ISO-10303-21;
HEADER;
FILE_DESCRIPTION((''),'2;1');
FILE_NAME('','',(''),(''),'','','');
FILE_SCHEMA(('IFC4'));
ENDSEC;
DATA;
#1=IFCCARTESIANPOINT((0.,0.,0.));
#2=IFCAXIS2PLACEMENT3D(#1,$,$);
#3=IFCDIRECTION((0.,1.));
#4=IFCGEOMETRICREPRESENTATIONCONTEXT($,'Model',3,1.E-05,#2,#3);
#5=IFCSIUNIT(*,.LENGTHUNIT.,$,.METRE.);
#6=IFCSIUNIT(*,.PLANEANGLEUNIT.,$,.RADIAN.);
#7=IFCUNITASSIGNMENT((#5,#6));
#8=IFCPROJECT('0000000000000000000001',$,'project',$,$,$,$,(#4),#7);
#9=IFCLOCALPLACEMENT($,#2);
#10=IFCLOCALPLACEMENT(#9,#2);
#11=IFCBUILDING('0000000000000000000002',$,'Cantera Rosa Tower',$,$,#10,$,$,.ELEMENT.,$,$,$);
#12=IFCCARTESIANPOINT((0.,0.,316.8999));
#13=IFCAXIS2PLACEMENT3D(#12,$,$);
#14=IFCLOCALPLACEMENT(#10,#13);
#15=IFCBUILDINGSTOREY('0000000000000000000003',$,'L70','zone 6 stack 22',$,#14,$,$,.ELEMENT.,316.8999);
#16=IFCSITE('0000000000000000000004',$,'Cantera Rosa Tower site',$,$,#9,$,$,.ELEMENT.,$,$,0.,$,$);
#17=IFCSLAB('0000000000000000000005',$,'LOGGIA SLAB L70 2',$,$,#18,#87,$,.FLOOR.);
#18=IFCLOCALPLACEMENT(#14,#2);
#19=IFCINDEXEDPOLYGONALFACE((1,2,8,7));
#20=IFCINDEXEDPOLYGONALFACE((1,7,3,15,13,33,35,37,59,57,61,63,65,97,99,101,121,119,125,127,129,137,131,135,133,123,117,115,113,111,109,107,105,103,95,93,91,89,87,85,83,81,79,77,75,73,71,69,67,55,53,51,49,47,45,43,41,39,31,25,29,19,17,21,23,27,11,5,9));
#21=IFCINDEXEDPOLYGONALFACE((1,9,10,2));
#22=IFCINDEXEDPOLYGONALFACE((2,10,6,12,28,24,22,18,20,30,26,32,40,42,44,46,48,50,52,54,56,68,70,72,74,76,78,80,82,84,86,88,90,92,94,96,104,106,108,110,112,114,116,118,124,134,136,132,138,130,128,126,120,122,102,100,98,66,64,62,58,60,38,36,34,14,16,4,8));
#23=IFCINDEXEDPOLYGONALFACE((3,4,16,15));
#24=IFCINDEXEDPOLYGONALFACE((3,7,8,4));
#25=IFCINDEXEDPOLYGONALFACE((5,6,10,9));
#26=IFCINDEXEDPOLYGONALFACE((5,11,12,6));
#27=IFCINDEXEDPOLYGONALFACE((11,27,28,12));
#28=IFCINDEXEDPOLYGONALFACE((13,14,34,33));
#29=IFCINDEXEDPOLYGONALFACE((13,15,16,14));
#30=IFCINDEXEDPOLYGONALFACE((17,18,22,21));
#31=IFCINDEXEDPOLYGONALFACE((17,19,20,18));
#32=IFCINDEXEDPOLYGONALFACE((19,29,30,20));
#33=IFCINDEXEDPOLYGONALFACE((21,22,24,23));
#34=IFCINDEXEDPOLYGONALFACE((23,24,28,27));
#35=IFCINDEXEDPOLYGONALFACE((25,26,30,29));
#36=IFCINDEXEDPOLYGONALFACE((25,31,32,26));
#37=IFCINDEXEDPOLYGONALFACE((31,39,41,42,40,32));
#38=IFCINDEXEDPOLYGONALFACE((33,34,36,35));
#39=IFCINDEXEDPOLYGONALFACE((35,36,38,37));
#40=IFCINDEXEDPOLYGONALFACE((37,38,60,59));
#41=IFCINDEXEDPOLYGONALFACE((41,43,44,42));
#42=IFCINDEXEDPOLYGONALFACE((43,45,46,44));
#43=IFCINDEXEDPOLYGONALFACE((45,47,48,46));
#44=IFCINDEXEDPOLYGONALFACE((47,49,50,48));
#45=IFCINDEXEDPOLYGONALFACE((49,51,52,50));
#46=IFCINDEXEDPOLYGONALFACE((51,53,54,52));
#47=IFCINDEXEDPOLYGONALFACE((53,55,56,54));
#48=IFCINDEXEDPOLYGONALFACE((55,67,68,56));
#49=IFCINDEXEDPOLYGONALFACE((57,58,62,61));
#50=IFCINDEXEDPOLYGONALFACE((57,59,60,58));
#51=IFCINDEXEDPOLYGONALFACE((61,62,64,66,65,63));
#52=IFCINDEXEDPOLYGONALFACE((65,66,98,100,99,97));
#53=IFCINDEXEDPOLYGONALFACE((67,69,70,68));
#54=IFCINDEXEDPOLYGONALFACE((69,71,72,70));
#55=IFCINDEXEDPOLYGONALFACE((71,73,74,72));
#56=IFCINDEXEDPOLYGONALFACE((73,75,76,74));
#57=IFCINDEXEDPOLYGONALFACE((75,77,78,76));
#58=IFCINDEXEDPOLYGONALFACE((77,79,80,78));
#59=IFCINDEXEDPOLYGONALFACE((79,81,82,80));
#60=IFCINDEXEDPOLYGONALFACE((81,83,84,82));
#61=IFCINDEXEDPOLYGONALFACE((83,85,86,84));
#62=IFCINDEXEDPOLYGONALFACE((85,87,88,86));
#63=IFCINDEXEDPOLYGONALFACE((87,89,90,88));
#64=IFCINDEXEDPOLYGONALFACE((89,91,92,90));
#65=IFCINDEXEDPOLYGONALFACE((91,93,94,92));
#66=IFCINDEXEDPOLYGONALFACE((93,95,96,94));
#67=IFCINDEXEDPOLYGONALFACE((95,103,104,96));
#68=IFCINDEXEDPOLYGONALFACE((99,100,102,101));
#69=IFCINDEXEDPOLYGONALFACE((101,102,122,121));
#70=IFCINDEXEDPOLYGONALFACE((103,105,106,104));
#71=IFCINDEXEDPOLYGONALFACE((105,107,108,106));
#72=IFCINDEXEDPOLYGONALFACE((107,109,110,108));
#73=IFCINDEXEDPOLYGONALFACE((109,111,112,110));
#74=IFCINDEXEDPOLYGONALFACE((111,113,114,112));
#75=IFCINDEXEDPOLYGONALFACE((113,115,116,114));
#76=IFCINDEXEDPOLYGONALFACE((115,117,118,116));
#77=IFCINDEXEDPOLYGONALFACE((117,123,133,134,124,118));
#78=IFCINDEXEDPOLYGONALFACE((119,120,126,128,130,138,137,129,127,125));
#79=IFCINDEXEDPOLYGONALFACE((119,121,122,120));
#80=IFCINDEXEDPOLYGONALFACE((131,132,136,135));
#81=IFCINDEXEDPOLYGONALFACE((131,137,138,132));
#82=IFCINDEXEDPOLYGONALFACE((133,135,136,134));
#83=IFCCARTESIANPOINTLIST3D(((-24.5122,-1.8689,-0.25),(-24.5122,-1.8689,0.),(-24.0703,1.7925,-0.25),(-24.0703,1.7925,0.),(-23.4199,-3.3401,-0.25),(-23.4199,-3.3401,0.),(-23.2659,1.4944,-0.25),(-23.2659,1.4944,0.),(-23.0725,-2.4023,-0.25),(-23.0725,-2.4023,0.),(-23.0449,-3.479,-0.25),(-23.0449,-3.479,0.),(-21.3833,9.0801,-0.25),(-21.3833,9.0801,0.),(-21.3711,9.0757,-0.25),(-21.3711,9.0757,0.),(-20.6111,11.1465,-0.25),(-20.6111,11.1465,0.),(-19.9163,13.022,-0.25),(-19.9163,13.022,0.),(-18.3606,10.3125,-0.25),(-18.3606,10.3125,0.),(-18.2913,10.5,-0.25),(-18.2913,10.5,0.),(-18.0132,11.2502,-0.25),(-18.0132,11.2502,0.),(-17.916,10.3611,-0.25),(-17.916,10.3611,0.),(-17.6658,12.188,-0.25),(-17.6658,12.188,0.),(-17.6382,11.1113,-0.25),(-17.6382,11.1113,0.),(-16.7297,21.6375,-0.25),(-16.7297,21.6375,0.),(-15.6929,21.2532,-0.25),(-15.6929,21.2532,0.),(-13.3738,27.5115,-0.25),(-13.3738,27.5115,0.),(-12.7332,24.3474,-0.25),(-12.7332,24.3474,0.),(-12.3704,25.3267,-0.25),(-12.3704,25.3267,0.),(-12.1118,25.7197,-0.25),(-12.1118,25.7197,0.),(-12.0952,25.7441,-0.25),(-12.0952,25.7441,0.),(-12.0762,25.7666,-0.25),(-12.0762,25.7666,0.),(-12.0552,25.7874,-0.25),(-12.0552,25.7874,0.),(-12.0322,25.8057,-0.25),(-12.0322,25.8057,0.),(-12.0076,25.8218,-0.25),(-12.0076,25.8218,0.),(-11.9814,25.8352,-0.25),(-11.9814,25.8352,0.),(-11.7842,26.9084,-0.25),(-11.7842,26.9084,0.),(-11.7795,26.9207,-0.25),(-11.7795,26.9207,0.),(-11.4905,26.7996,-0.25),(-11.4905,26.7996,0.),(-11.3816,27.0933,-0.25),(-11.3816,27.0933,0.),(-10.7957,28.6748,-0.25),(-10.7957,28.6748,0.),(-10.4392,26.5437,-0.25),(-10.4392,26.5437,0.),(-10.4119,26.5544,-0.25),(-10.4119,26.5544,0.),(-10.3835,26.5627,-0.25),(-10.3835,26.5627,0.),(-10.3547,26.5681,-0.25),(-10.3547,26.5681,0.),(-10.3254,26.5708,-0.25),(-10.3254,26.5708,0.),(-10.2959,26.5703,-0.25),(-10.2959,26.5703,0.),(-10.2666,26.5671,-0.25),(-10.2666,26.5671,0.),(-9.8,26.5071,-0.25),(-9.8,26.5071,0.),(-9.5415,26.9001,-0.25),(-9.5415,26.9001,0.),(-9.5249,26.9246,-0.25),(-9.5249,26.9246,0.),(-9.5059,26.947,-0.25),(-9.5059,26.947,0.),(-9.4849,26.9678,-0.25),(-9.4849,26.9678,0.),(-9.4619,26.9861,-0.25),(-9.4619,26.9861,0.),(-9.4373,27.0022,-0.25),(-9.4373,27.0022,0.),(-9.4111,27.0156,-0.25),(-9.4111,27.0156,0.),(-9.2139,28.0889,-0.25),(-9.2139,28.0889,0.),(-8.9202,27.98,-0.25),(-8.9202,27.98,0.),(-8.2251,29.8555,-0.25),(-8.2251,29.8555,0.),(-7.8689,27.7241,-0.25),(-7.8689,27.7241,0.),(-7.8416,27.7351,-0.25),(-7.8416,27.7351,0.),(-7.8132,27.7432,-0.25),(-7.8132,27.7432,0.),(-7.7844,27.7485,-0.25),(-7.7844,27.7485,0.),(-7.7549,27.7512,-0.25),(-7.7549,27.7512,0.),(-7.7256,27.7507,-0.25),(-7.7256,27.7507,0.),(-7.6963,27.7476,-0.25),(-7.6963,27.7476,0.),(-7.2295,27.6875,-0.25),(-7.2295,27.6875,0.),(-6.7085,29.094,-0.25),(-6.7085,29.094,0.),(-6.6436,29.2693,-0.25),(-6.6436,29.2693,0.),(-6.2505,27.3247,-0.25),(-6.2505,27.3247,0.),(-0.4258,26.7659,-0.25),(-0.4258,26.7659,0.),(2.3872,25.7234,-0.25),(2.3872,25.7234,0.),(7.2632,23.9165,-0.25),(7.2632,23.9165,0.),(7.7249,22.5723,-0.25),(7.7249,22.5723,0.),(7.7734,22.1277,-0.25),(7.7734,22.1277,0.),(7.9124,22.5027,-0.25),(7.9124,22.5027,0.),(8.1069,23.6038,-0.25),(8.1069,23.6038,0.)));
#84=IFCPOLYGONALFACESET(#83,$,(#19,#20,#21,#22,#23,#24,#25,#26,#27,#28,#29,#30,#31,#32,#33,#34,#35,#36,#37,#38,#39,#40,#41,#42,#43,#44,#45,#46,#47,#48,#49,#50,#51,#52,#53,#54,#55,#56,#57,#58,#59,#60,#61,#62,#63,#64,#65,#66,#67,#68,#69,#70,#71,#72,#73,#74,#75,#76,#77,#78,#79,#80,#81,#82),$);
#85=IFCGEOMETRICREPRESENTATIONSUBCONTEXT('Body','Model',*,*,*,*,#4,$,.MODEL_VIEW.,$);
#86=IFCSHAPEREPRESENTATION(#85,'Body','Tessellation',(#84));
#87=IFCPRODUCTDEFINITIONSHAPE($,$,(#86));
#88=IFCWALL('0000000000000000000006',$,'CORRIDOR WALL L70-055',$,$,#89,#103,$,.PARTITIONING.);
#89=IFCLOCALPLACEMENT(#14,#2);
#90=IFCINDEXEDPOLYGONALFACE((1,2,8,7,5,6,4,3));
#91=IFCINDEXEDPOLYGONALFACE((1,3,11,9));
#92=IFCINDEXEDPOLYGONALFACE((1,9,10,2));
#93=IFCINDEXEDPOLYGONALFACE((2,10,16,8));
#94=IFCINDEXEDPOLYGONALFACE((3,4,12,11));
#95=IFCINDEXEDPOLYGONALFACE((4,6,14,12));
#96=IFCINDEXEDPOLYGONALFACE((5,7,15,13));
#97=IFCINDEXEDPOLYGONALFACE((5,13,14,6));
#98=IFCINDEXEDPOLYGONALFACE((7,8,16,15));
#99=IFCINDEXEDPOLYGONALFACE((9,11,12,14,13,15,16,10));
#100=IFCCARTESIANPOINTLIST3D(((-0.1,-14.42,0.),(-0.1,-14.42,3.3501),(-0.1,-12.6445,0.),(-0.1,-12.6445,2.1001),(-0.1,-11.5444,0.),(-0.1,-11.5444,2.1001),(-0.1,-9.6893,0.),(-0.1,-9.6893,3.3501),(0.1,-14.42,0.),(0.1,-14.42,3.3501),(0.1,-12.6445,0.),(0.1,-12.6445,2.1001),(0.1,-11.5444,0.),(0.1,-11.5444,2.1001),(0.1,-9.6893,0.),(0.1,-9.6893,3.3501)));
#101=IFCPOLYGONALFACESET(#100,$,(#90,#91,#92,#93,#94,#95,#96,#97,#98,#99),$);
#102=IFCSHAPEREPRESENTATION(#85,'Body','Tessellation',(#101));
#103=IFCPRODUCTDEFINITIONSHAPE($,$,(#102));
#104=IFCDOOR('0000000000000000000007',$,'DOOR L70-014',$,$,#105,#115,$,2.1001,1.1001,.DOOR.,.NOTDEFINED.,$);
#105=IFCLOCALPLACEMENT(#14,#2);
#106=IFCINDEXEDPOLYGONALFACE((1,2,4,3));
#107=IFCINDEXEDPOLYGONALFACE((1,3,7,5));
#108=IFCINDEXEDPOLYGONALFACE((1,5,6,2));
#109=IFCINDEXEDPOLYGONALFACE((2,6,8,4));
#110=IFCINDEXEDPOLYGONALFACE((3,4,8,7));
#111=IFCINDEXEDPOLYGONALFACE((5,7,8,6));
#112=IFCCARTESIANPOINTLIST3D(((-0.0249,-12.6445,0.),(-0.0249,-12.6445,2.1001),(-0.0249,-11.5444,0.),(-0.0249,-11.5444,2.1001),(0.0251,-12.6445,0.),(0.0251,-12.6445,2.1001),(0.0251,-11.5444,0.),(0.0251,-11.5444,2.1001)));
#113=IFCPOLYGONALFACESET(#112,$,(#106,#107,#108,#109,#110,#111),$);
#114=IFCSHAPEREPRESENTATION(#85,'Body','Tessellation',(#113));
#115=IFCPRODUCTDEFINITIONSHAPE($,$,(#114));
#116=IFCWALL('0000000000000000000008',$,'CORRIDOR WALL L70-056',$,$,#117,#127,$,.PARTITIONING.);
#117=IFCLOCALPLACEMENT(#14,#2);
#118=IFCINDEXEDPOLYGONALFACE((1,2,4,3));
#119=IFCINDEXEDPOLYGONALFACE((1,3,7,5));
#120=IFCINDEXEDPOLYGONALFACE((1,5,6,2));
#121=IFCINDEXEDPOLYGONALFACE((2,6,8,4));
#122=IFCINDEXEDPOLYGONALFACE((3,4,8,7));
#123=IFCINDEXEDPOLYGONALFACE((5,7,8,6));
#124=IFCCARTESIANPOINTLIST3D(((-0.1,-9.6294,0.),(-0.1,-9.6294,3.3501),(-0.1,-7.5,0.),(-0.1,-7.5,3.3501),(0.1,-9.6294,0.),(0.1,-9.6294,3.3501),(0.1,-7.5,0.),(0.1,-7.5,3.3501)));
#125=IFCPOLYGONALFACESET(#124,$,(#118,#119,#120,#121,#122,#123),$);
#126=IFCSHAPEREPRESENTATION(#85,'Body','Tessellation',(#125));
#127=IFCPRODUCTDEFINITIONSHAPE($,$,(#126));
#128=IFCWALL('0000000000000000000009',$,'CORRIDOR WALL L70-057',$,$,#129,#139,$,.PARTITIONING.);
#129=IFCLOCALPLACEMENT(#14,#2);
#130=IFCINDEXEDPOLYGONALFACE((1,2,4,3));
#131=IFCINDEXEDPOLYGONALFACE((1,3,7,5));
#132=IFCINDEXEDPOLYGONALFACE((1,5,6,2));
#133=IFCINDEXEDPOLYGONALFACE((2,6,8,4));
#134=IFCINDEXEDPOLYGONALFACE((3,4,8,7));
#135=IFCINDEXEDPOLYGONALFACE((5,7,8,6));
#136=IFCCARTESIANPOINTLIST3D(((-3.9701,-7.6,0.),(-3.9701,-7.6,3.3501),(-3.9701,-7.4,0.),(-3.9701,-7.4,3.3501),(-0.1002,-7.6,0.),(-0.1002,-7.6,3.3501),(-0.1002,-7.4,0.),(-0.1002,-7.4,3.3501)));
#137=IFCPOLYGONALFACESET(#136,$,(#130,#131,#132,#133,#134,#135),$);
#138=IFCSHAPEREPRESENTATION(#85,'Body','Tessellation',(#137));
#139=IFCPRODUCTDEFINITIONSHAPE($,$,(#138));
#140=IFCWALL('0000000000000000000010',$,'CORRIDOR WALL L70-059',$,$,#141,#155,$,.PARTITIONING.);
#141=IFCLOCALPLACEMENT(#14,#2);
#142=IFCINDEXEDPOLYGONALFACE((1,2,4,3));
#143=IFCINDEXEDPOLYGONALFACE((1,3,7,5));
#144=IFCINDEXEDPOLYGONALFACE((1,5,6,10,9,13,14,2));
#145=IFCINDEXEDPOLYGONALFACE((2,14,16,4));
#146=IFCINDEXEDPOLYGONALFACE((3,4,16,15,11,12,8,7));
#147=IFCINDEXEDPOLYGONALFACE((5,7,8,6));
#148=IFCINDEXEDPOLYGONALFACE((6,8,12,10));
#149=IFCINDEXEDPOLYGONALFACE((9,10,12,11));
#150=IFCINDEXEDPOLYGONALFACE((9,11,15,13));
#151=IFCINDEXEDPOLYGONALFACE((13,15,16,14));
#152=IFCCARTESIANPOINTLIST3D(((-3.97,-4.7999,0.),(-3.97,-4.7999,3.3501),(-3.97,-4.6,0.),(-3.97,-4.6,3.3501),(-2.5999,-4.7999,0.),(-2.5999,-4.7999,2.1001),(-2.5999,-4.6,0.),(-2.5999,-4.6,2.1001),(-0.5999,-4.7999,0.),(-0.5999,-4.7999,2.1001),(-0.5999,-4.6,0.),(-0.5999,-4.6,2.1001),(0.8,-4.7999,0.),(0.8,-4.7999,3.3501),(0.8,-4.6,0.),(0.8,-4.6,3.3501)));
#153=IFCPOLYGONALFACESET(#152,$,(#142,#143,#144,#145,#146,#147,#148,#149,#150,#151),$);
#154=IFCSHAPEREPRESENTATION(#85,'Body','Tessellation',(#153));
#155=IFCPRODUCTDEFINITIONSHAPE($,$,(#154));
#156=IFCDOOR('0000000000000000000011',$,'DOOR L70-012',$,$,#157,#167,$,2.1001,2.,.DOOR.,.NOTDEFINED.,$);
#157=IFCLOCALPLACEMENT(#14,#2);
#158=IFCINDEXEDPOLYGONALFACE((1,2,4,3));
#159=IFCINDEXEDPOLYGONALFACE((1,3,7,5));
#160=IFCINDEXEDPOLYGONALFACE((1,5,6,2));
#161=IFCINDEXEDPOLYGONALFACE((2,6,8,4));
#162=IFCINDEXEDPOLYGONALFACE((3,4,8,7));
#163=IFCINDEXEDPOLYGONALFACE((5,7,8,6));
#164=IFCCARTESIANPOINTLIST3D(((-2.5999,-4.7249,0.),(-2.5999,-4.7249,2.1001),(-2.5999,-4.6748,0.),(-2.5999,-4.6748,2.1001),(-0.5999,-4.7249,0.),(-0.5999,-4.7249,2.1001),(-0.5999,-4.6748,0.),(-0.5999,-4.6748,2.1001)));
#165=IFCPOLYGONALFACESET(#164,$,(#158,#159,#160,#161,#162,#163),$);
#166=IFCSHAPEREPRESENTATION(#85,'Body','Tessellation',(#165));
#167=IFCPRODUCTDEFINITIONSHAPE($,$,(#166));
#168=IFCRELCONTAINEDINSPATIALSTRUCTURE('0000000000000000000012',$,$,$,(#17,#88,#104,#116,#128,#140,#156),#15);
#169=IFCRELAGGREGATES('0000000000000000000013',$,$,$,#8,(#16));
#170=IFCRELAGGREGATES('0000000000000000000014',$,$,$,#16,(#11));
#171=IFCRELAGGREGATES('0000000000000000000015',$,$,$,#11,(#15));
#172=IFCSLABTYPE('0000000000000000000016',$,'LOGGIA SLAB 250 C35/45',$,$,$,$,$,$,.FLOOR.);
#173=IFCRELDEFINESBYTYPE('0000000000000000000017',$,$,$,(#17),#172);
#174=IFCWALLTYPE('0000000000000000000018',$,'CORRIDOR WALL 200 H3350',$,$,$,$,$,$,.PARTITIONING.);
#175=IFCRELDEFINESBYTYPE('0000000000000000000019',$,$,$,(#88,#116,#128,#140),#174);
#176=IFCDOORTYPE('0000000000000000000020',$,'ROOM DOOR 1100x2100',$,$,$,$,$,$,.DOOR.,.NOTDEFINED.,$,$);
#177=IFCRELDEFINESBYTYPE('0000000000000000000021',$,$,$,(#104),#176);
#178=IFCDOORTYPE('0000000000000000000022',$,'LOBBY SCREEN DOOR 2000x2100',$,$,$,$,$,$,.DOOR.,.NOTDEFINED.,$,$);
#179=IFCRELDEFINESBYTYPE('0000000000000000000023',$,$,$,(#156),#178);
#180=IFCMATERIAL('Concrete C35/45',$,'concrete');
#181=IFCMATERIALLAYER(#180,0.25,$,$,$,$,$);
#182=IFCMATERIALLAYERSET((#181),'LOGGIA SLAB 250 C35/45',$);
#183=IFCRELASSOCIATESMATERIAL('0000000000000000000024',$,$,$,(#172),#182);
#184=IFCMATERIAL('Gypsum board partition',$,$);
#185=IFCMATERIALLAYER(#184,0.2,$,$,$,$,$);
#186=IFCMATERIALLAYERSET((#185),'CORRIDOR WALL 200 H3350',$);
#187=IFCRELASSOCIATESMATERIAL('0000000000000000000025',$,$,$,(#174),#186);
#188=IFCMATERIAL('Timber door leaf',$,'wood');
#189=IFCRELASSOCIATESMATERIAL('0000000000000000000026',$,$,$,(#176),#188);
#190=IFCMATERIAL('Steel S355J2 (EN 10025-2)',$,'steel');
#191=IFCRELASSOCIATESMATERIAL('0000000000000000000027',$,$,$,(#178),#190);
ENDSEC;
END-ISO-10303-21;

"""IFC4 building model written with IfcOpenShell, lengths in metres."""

from ifc_helpers import new_model, si_unit, direction, frame, frame_2d, origin, place, context, subcontext, project, spatial, polyline, rectangle, outline, extrude, material, layer, layer_set, type_object, element, fill, save


model = new_model("IFC4")

# Units and contexts
model_context = context("Model", 3, precision=1e-05, world=origin(), true_north=direction((0.0, 1.0)))
body_context = subcontext(model_context, "Body", "Model", "MODEL_VIEW")
ifc_project = project(units=[si_unit("LENGTHUNIT", "METRE"), si_unit("PLANEANGLEUNIT", "RADIAN")], contexts=[model_context])

# Site, building, storey
site_placement = place(None, origin())
site = spatial("IfcSite", under=ifc_project, at=site_placement, Name="Cantera Rosa Tower site", CompositionType="ELEMENT", RefElevation=0.0)
building_placement = place(site_placement, origin())
building = spatial("IfcBuilding", under=site, at=building_placement, Name="Cantera Rosa Tower", CompositionType="ELEMENT")
storey_placement = place(building_placement, frame((0.0, 0.0, 316.8999)))
storey = spatial("IfcBuildingStorey", under=building, at=storey_placement, Name="L70", Description="zone 6 stack 22", CompositionType="ELEMENT", Elevation=316.8999)

# Slab
ifc_material_1 = material(Name="Concrete C35/45", Category="concrete")
ifc_layer_1 = layer(ifc_material_1, 0.25)
ifc_layer_set_1 = layer_set([ifc_layer_1], Name="LOGGIA SLAB 250 C35/45")
slab_type_1 = type_object("IfcSlabType", Name="LOGGIA SLAB 250 C35/45", PredefinedType="FLOOR", material=ifc_layer_set_1)
slab_1_placement = place(storey_placement, frame((0.0, 0.0, -0.25)))
element("IfcSlab", 1, at=slab_1_placement, inside=storey, type_object=slab_type_1, Name="LOGGIA SLAB L70 2", PredefinedType="FLOOR", context=body_context, shape_type="SweptSolid", body=[
    extrude(outline(polyline([(-16.7297, 21.6375), (-15.6929, 21.2532), (-13.3738, 27.5115), (-11.7795, 26.9207), (-11.7842, 26.9084), (-11.4905, 26.7996), (-11.3816, 27.0933), (-10.7957, 28.6748), (-9.2139, 28.0889), (-8.9202, 27.98), (-8.2251, 29.8555), (-6.6436, 29.2693), (-6.7085, 29.094), (-0.4258, 26.7659), (2.3872, 25.7234), (7.2632, 23.9165), (8.1069, 23.6038), (7.7249, 22.5723), (7.9124, 22.5027), (7.7734, 22.1277), (-6.2505, 27.3247), (-7.2295, 27.6875), (-7.6963, 27.7476), (-7.7256, 27.7507), (-7.7549, 27.7512), (-7.7844, 27.7485), (-7.8132, 27.7432), (-7.8416, 27.7351), (-7.8689, 27.7241), (-9.4111, 27.0156), (-9.4373, 27.0022), (-9.4619, 26.9861), (-9.4849, 26.9678), (-9.5059, 26.947), (-9.5249, 26.9246), (-9.5415, 26.9001), (-9.8, 26.5071), (-10.2666, 26.5671), (-10.2959, 26.5703), (-10.3254, 26.5708), (-10.3547, 26.5681), (-10.3835, 26.5627), (-10.4119, 26.5544), (-10.4392, 26.5437), (-11.9814, 25.8352), (-12.0076, 25.8218), (-12.0322, 25.8057), (-12.0552, 25.7874), (-12.0762, 25.7666), (-12.0952, 25.7441), (-12.1118, 25.7197), (-12.3704, 25.3267), (-12.7332, 24.3474), (-17.6382, 11.1113), (-18.0132, 11.2502), (-17.6658, 12.188), (-19.9163, 13.022), (-20.6111, 11.1465), (-18.3606, 10.3125), (-18.2913, 10.5), (-17.916, 10.3611), (-23.0449, -3.479), (-23.4199, -3.3401), (-23.0725, -2.4023), (-24.5122, -1.8689), (-23.2659, 1.4944), (-24.0703, 1.7925), (-21.3711, 9.0757), (-21.3833, 9.0801), (-16.7297, 21.6375)])), origin(), (0.0, 0.0, 1.0), 0.25),
])

# Wall, opening, door
ifc_material_2 = material(Name="Gypsum board partition")
ifc_layer_2 = layer(ifc_material_2, 0.2)
ifc_layer_set_2 = layer_set([ifc_layer_2], Name="CORRIDOR WALL 200 H3350")
wall_type_1 = type_object("IfcWallType", Name="CORRIDOR WALL 200 H3350", PredefinedType="PARTITIONING", material=ifc_layer_set_2)
wall_1_placement = place(storey_placement, frame((0.0, -14.4199, 0.0), z_axis=(0.0, 0.0, 1.0), x_axis=(0.0, 1.0, 0.0)))
wall_1 = element("IfcWall", 2, at=wall_1_placement, inside=storey, type_object=wall_type_1, Name="CORRIDOR WALL L70-055", PredefinedType="PARTITIONING", context=body_context, shape_type="SweptSolid", body=[
    extrude(rectangle(XDim=4.7307, YDim=0.2, at=frame_2d((2.3652, 0.0))), origin(), (0.0, 0.0, 1.0), 3.3501),
])
opening_1_placement = place(wall_1_placement, frame((1.7754, 0.0, 0.0)))
opening_1 = element("IfcOpeningElement", 3, at=opening_1_placement, cuts=wall_1, PredefinedType="OPENING", context=body_context, shape_type="SweptSolid", body=[
    extrude(rectangle(XDim=1.1001, YDim=2.1001, at=frame_2d((0.55, 1.05))), frame((0.0, 0.1099, 0.0), z_axis=(0.0, -1.0, 0.0), x_axis=(1.0, 0.0, 0.0)), (0.0, 0.0, 1.0), 0.22),
])
ifc_material_3 = material(Name="Timber door leaf", Category="wood")
door_type_1 = type_object("IfcDoorType", Name="ROOM DOOR 1100x2100", OperationType="NOTDEFINED", PredefinedType="DOOR", material=ifc_material_3)
door_1_placement = place(opening_1_placement, origin())
door_1 = element("IfcDoor", 4, at=door_1_placement, inside=storey, type_object=door_type_1, Name="DOOR L70-014", OperationType="NOTDEFINED", OverallHeight=2.1001, OverallWidth=1.1001, PredefinedType="DOOR", context=body_context, shape_type="SweptSolid", body=[
    extrude(rectangle(XDim=1.1001, YDim=2.1001, at=frame_2d((0.55, 1.05))), frame((0.0, 0.0249, 0.0), z_axis=(0.0, -1.0, 0.0), x_axis=(1.0, 0.0, 0.0)), (0.0, 0.0, 1.0), 0.05),
])
fill(opening_1, door_1)

# Walls
wall_2_placement = place(storey_placement, frame((0.0, -9.6294, 0.0), z_axis=(0.0, 0.0, 1.0), x_axis=(0.0, 1.0, 0.0)))
element("IfcWall", 5, at=wall_2_placement, inside=storey, type_object=wall_type_1, Name="CORRIDOR WALL L70-056", PredefinedType="PARTITIONING", context=body_context, shape_type="SweptSolid", body=[
    extrude(rectangle(XDim=2.1294, YDim=0.2, at=frame_2d((1.0647, 0.0))), origin(), (0.0, 0.0, 1.0), 3.3501),
])
wall_3_placement = place(storey_placement, frame((-0.1001, -7.5, 0.0), z_axis=(0.0, 0.0, 1.0), x_axis=(-1.0, 0.0, 0.0)))
element("IfcWall", 6, at=wall_3_placement, inside=storey, type_object=wall_type_1, Name="CORRIDOR WALL L70-057", PredefinedType="PARTITIONING", context=body_context, shape_type="SweptSolid", body=[
    extrude(rectangle(XDim=3.8699, YDim=0.2, at=frame_2d((1.9351, 0.0))), origin(), (0.0, 0.0, 1.0), 3.3501),
])

# Wall, opening, door
wall_4_placement = place(storey_placement, frame((0.8, -4.7, 0.0), z_axis=(0.0, 0.0, 1.0), x_axis=(-1.0, 0.0, 0.0)))
wall_4 = element("IfcWall", 7, at=wall_4_placement, inside=storey, type_object=wall_type_1, Name="CORRIDOR WALL L70-059", PredefinedType="PARTITIONING", context=body_context, shape_type="SweptSolid", body=[
    extrude(rectangle(XDim=4.77, YDim=0.2, at=frame_2d((2.385, 0.0))), origin(), (0.0, 0.0, 1.0), 3.3501),
])
opening_2_placement = place(wall_4_placement, frame((1.3999, 0.0, 0.0)))
opening_2 = element("IfcOpeningElement", 8, at=opening_2_placement, cuts=wall_4, PredefinedType="OPENING", context=body_context, shape_type="SweptSolid", body=[
    extrude(rectangle(XDim=2.0, YDim=2.1001, at=frame_2d((1.0, 1.05))), frame((0.0, 0.1099, 0.0), z_axis=(0.0, -1.0, 0.0), x_axis=(1.0, 0.0, 0.0)), (0.0, 0.0, 1.0), 0.22),
])
ifc_material_4 = material(Name="Steel S355J2 (EN 10025-2)", Category="steel")
door_type_2 = type_object("IfcDoorType", Name="LOBBY SCREEN DOOR 2000x2100", OperationType="NOTDEFINED", PredefinedType="DOOR", material=ifc_material_4)
door_2_placement = place(opening_2_placement, origin())
door_2 = element("IfcDoor", 9, at=door_2_placement, inside=storey, type_object=door_type_2, Name="DOOR L70-012", OperationType="NOTDEFINED", OverallHeight=2.1001, OverallWidth=2.0, PredefinedType="DOOR", context=body_context, shape_type="SweptSolid", body=[
    extrude(rectangle(XDim=2.0, YDim=2.1001, at=frame_2d((1.0, 1.05))), frame((0.0, 0.0249, 0.0), z_axis=(0.0, -1.0, 0.0), x_axis=(1.0, 0.0, 0.0)), (0.0, 0.0, 1.0), 0.05),
])
fill(opening_2, door_2)

save(model, "model.ifc")
